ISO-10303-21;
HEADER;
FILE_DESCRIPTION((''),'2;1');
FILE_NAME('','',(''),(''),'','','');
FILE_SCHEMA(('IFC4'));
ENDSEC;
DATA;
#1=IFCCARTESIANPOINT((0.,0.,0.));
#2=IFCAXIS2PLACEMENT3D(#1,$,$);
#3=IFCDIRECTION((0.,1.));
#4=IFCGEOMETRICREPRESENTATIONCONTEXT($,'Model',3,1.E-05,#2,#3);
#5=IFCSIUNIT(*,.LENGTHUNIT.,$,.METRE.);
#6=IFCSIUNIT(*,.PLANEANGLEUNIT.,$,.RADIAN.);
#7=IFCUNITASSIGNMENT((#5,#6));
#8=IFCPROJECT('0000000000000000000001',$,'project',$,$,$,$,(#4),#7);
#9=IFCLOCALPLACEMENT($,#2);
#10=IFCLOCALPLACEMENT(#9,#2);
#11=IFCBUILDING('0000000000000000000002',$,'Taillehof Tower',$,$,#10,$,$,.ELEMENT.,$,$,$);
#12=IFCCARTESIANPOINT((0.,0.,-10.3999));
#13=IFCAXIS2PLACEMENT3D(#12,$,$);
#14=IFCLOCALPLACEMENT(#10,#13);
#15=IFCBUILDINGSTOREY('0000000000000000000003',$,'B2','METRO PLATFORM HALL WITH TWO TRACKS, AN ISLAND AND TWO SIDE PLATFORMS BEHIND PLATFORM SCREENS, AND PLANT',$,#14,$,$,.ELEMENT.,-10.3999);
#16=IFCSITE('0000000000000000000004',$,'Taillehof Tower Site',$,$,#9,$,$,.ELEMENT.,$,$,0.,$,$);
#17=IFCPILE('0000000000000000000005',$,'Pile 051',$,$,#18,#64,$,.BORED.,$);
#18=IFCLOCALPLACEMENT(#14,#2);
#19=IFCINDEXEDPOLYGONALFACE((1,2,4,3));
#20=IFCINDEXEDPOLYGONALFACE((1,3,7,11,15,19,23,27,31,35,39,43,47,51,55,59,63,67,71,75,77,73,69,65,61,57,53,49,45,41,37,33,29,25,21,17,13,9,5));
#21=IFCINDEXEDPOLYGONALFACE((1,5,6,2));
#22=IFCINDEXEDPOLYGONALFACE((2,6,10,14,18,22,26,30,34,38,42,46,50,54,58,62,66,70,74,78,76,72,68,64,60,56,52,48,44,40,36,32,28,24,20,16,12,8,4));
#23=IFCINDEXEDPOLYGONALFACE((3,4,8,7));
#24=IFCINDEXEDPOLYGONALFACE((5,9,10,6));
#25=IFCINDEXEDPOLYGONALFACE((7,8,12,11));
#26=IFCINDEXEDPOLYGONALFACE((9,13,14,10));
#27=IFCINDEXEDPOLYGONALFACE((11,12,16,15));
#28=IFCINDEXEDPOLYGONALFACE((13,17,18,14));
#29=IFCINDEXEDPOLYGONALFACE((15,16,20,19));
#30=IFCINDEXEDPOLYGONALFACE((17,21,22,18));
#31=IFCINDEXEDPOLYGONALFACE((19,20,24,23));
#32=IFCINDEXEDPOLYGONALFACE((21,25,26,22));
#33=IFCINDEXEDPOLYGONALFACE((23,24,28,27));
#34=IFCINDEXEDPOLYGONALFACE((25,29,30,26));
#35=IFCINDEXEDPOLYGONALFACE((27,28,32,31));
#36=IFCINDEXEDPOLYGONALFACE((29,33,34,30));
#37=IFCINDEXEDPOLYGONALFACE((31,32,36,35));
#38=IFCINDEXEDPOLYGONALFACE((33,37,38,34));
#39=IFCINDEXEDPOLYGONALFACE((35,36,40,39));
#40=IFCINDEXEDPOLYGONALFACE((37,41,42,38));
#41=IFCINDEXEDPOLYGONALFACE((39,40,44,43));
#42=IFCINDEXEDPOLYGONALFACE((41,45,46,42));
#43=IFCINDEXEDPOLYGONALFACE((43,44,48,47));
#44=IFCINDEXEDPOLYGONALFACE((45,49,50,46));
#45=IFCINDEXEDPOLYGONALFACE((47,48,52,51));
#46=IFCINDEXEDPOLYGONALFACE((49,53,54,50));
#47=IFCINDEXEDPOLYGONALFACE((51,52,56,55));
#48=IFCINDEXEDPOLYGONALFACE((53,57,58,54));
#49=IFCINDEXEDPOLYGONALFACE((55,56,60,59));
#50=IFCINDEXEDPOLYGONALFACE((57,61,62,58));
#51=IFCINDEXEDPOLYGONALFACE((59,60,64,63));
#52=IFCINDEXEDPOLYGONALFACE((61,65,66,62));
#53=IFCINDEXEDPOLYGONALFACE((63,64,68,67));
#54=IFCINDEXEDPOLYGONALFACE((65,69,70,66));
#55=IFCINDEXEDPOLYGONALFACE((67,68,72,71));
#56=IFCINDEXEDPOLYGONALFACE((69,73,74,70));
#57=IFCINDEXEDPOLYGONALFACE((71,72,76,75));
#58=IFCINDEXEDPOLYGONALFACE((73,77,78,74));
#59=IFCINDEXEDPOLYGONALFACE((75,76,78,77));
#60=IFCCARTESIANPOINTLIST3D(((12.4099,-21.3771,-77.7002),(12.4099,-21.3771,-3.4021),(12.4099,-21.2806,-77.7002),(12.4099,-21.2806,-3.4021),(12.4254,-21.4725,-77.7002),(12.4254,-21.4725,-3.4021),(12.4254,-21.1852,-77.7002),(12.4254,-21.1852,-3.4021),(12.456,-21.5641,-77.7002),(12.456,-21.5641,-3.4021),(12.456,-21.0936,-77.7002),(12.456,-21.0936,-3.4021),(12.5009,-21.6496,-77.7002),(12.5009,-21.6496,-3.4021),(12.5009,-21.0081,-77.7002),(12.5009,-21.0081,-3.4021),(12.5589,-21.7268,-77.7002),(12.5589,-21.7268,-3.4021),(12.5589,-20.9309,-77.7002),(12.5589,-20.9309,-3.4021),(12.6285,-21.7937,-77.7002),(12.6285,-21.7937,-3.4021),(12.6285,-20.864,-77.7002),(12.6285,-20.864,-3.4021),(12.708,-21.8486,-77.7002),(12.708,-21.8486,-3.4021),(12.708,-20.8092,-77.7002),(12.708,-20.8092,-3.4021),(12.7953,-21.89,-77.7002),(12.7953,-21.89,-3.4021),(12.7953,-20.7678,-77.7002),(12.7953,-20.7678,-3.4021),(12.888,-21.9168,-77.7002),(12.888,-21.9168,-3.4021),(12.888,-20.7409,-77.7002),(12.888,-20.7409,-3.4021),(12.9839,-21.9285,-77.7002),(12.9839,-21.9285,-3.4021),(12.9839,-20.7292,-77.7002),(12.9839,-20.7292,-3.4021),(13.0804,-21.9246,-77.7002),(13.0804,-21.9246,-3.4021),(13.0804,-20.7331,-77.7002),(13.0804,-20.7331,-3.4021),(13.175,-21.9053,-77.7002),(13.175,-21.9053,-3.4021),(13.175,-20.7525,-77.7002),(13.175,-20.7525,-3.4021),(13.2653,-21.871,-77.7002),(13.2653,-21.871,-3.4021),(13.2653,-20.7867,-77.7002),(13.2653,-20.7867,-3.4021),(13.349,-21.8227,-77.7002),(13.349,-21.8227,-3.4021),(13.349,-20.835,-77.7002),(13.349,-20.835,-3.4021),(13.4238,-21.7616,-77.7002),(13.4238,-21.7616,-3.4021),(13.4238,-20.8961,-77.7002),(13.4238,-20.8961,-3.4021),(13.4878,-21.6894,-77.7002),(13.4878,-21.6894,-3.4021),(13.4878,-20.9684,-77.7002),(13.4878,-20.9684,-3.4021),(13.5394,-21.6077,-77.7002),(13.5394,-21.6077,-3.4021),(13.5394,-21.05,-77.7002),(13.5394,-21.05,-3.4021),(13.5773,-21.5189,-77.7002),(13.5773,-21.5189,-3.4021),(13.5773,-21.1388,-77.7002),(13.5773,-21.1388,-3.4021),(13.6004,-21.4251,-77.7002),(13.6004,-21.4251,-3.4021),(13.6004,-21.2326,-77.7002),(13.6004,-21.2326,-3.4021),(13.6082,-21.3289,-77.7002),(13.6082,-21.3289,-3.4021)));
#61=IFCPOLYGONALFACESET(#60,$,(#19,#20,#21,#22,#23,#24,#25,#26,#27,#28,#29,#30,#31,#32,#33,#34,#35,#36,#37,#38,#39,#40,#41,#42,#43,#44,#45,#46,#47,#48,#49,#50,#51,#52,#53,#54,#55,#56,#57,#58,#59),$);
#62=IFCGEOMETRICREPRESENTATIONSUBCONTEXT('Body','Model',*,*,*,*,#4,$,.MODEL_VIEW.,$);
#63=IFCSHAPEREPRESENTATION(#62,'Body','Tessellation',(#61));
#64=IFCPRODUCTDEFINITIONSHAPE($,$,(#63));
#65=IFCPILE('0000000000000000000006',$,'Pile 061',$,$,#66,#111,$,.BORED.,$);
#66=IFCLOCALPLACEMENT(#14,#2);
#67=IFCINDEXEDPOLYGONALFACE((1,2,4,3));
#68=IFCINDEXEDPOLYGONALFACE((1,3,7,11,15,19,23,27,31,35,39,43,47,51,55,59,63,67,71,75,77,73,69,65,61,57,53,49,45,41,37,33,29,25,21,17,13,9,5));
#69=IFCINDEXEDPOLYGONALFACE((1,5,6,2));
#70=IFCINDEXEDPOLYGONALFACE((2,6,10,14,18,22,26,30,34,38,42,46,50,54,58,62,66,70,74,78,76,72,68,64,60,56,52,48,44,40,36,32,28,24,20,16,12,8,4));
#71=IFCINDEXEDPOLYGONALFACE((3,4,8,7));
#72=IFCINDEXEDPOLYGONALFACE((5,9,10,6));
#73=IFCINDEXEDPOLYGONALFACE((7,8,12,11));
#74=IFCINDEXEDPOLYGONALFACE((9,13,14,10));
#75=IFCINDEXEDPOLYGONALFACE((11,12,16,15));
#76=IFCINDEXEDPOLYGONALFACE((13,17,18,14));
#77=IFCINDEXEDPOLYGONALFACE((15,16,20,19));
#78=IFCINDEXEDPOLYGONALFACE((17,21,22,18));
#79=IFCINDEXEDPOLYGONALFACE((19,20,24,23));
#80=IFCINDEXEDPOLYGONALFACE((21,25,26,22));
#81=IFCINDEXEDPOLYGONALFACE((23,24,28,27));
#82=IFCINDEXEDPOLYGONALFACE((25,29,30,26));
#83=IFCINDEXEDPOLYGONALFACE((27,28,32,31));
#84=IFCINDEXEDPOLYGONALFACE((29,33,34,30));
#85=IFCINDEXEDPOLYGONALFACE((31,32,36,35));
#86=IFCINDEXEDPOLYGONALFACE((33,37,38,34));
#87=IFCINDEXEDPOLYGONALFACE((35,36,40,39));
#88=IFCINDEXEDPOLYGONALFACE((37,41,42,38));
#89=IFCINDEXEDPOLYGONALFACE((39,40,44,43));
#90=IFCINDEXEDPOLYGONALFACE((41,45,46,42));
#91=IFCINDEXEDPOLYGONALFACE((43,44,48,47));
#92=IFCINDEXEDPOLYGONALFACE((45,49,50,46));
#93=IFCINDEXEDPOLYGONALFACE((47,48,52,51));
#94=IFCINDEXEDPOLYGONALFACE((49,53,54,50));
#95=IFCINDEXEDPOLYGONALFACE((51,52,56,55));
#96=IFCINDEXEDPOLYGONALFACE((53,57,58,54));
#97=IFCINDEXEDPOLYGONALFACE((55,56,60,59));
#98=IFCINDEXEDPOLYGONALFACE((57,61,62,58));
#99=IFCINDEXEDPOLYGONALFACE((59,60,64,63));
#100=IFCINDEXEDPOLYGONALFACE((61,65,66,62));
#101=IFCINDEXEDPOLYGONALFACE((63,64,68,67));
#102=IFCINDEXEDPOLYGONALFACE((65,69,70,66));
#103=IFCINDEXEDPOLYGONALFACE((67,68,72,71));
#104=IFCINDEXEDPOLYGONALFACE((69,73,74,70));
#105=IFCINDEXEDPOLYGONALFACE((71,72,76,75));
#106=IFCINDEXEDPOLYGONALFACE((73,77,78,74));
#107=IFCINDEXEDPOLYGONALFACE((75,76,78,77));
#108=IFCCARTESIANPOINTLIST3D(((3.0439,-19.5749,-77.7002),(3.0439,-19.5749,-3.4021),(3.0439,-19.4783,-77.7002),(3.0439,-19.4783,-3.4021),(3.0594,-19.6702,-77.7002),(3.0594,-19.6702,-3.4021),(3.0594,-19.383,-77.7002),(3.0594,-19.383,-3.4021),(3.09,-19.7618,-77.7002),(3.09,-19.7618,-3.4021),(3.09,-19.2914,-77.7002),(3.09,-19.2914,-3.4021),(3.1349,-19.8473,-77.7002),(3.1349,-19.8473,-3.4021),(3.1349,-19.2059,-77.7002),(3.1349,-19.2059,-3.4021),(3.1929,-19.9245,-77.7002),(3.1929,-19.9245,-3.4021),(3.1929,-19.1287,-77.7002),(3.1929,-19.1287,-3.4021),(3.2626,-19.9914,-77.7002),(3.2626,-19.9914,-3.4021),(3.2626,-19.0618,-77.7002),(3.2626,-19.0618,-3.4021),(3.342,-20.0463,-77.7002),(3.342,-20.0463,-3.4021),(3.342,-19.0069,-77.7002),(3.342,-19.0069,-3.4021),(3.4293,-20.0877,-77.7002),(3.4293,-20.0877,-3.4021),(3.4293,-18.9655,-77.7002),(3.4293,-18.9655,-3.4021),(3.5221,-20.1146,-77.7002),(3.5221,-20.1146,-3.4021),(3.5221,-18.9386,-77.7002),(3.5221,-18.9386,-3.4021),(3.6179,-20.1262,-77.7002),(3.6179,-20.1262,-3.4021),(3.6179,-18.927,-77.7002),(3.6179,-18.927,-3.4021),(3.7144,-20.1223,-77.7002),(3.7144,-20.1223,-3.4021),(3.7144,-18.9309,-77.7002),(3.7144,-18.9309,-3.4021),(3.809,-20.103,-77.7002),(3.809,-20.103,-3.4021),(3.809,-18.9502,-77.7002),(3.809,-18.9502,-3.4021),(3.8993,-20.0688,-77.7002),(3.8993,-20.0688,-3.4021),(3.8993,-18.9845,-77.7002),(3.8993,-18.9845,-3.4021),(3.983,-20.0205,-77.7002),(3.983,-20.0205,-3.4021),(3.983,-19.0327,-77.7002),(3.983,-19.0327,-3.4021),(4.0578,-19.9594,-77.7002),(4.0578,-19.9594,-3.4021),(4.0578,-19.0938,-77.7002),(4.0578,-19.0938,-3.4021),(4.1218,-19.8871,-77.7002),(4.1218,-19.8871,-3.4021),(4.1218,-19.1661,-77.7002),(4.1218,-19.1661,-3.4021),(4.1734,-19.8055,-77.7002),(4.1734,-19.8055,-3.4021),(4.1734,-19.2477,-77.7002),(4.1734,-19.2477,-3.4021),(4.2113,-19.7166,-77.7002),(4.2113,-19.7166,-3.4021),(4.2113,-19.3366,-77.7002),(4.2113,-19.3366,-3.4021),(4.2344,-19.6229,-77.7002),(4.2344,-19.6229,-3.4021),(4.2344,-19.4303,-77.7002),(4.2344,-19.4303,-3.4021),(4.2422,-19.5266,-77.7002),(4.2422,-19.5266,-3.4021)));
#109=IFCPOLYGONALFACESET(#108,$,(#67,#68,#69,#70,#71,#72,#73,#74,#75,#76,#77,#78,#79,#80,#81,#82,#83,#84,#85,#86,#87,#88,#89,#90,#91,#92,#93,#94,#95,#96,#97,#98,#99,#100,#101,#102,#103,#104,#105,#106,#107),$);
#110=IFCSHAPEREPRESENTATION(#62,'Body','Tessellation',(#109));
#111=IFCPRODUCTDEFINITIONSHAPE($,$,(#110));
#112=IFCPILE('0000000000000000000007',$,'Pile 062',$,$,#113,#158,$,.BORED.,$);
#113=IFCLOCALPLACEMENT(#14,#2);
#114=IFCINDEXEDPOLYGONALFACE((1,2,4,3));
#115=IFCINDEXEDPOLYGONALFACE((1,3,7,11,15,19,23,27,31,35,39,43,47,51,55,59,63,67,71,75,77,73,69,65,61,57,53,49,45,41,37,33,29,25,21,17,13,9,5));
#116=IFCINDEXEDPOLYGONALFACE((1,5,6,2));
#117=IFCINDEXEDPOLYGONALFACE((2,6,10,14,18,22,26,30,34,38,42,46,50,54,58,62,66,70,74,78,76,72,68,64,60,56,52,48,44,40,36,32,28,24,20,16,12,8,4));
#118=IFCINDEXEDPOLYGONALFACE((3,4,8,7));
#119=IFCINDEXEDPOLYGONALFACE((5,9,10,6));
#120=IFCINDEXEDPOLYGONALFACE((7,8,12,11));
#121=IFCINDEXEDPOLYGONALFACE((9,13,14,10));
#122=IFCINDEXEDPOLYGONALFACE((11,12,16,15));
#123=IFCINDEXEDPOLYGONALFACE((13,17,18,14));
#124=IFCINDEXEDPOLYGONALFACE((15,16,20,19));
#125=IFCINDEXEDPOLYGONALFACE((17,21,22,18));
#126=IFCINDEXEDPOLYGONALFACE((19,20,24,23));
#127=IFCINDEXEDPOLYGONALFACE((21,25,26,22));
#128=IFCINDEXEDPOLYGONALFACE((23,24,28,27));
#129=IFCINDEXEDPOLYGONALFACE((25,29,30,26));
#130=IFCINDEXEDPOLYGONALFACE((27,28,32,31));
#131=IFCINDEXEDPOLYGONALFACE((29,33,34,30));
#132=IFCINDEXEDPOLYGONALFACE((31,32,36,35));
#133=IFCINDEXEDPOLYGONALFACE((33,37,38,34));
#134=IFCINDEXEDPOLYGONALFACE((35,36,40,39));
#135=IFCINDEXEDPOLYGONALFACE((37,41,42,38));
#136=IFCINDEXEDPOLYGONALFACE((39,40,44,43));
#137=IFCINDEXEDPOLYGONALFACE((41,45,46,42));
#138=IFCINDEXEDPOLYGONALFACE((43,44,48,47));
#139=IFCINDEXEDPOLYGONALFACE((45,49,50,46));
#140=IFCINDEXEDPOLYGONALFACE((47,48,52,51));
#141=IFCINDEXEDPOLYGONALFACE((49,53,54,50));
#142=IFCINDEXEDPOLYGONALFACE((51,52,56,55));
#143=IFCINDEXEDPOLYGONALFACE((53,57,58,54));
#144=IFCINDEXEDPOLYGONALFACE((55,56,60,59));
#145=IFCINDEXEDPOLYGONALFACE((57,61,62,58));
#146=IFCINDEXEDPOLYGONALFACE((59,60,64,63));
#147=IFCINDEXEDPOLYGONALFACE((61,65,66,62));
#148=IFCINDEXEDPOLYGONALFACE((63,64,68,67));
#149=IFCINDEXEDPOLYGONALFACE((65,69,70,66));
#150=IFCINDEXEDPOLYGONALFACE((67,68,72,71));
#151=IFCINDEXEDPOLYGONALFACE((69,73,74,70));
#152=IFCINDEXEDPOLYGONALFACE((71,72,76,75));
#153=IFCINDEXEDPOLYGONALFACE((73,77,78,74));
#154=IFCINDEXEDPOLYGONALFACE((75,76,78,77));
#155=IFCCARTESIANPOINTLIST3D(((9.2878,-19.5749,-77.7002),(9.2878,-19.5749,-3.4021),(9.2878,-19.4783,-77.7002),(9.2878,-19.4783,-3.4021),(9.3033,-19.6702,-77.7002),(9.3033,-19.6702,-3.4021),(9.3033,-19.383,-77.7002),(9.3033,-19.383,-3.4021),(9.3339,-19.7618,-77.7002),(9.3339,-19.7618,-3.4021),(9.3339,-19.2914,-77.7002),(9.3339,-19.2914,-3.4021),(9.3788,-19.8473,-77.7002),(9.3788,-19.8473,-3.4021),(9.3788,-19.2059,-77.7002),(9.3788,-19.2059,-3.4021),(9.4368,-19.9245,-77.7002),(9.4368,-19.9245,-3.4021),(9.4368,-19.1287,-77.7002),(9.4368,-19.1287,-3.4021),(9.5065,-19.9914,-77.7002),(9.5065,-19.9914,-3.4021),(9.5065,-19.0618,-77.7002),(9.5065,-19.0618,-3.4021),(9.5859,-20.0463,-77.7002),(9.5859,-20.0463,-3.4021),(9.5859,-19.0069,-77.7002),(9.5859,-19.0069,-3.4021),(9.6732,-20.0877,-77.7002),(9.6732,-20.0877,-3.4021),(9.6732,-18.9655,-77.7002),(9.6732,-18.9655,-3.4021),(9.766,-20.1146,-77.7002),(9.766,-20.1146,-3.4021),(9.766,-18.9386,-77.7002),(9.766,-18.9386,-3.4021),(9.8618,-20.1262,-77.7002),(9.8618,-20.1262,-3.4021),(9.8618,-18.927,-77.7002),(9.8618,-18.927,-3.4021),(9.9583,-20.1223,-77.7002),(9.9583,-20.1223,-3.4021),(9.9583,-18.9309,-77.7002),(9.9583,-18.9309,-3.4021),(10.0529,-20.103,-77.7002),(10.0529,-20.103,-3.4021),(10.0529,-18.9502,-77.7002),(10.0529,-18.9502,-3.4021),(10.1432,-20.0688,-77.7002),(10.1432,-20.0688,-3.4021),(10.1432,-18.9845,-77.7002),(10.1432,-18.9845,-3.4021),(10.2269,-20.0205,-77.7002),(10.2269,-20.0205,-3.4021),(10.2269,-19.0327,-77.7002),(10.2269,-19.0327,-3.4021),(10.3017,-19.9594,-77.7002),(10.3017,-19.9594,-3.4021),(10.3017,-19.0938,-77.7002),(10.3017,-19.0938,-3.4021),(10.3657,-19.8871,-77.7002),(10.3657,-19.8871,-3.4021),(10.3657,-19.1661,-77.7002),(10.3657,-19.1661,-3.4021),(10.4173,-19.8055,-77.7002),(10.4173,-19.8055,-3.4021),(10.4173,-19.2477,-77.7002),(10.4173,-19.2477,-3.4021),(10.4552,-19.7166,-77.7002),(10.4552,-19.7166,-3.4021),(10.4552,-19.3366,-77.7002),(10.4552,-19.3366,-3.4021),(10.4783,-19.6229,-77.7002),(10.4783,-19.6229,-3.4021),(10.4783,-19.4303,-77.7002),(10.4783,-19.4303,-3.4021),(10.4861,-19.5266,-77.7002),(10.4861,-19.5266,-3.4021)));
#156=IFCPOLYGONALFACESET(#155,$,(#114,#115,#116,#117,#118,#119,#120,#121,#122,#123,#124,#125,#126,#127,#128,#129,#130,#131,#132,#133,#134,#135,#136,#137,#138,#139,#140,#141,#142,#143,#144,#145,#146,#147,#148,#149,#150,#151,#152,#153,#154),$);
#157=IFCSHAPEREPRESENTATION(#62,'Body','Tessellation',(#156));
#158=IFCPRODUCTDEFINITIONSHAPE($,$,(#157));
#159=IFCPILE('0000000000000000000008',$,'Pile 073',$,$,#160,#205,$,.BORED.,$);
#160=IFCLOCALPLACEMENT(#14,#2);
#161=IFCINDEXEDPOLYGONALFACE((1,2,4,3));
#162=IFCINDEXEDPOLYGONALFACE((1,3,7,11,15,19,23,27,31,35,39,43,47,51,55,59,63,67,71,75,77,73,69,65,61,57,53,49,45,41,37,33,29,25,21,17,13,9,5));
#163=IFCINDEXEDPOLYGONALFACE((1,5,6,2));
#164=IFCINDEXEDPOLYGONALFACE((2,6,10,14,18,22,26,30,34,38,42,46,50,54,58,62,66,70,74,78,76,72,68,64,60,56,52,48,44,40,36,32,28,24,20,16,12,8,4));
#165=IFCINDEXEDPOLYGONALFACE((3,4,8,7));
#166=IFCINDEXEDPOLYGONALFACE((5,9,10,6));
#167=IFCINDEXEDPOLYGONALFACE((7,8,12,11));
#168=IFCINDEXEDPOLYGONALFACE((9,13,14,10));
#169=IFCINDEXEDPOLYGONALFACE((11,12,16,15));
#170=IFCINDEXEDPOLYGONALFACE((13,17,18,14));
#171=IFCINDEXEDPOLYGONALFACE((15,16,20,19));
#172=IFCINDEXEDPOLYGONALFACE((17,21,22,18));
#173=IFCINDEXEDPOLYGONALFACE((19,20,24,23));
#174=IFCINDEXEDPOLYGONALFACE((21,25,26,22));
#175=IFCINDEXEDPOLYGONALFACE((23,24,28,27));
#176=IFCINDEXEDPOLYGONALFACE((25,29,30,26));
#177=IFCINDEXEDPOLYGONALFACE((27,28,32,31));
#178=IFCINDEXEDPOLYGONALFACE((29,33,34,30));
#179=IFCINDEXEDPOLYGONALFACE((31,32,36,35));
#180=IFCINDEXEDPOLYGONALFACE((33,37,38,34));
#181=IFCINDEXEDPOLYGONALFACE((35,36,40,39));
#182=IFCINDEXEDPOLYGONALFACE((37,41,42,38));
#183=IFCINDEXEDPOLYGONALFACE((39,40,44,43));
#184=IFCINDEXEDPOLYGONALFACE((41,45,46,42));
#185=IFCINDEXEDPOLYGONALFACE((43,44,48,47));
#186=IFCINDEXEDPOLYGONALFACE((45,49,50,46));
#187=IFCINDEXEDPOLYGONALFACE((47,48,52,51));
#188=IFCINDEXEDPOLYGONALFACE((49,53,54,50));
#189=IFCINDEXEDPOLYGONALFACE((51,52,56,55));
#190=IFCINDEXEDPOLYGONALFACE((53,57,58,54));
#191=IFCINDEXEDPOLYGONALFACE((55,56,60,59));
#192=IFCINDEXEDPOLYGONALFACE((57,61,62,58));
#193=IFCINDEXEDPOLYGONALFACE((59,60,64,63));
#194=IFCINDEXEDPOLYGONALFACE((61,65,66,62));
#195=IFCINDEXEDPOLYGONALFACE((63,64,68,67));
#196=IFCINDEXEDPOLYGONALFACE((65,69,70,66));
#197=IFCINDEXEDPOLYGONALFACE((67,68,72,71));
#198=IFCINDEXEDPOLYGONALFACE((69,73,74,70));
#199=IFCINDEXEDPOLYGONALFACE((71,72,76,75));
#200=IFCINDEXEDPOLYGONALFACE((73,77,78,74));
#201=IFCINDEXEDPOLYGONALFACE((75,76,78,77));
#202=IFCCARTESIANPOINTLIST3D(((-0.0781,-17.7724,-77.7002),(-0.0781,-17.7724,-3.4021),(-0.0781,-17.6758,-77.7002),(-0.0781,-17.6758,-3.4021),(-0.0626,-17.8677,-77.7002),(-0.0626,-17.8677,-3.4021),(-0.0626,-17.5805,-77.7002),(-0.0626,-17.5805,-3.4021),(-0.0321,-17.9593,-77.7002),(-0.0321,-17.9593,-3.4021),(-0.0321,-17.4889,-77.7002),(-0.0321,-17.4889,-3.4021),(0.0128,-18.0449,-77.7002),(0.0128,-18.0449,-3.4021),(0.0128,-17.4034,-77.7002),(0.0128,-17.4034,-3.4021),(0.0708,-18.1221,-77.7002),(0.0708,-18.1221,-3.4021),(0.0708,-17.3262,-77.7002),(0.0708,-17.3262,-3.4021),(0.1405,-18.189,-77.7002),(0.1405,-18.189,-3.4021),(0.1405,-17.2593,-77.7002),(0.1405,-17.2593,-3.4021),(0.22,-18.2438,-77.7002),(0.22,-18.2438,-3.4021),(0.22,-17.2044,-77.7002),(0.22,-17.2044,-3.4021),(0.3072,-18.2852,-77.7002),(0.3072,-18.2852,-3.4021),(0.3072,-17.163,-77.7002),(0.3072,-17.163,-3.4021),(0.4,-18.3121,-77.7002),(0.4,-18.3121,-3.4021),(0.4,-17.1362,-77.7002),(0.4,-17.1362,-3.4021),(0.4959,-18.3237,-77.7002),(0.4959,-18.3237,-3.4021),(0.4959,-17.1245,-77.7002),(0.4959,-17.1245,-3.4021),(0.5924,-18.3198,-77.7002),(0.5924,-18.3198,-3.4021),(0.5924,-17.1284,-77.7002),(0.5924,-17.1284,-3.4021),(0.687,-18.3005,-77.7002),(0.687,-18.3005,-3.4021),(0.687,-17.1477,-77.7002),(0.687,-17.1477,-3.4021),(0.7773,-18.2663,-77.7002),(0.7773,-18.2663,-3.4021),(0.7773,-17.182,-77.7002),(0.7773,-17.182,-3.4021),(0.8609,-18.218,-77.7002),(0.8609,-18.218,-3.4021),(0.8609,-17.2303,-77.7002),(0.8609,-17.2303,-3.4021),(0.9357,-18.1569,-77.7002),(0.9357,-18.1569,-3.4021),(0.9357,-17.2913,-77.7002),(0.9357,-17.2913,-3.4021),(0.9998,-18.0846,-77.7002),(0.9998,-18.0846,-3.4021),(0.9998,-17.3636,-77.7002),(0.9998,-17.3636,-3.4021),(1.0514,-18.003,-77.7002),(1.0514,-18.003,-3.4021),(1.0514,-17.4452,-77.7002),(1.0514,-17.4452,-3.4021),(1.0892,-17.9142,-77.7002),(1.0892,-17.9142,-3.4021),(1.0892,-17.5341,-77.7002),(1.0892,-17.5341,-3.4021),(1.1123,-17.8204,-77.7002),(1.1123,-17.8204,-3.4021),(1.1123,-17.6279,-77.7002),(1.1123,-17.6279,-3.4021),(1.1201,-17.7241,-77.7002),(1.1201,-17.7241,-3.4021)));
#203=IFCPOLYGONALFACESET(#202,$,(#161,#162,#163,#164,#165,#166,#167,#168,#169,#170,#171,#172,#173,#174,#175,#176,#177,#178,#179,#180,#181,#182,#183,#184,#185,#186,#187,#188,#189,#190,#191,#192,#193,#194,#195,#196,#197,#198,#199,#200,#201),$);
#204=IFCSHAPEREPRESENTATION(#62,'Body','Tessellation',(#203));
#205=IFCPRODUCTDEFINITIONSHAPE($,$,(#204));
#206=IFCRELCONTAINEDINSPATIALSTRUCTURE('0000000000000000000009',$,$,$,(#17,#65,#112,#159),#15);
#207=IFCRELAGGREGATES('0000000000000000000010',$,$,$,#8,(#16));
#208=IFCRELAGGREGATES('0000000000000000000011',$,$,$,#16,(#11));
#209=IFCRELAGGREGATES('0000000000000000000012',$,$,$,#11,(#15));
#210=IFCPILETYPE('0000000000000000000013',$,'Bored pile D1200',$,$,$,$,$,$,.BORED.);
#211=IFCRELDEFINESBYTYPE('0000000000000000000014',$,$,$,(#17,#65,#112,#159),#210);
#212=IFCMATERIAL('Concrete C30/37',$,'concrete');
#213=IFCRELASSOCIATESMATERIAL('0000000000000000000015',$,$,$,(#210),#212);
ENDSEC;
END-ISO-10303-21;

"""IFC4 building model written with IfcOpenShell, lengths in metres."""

from ifc_helpers import new_model, si_unit, direction, frame, origin, origin_2d, place, context, subcontext, project, spatial, circle, extrude, material, material_profile, profile_set, type_object, element, save


model = new_model("IFC4")

# Units and contexts
model_context = context("Model", 3, precision=1e-05, world=origin(), true_north=direction((0.0, 1.0)))
body_context = subcontext(model_context, "Body", "Model", "MODEL_VIEW")
ifc_project = project(units=[si_unit("LENGTHUNIT", "METRE"), si_unit("PLANEANGLEUNIT", "RADIAN")], contexts=[model_context])

# Site, building, storey
site_placement = place(None, origin())
site = spatial("IfcSite", under=ifc_project, at=site_placement, Name="Taillehof Tower Site", CompositionType="ELEMENT", RefElevation=0.0)
building_placement = place(site_placement, origin())
building = spatial("IfcBuilding", under=site, at=building_placement, Name="Taillehof Tower", CompositionType="ELEMENT")
storey_placement = place(building_placement, frame((0.0, 0.0, -10.3999)))
storey = spatial("IfcBuildingStorey", under=building, at=storey_placement, Name="B2", Description="METRO PLATFORM HALL WITH TWO TRACKS, AN ISLAND AND TWO SIDE PLATFORMS BEHIND PLATFORM SCREENS, AND PLANT", CompositionType="ELEMENT", Elevation=-10.3999)

# Piles
ifc_material_1 = material(Name="Concrete C30/37", Category="concrete")
ifc_material_profile_1 = material_profile(ifc_material_1, circle(Radius=0.6001, at=origin_2d()), Name="BP D1200")
ifc_profile_set_1 = profile_set([ifc_material_profile_1], Name="Concrete C30/37")
pile_type = type_object("IfcPileType", Name="Bored pile D1200", PredefinedType="BORED", material=ifc_profile_set_1)
for number, where, z_axis, x_axis, name in (
    (1, (13.0081, -21.3289, -3.4021), (0.0, 0.0, -1.0), (1.0, 0.0, 0.0), "Pile 051"),
    (2, (3.6421, -19.5266, -3.4021), (0.0, 0.0, -1.0), (1.0, 0.0, 0.0), "Pile 061"),
    (3, (9.886, -19.5266, -3.4021), (0.0, 0.0, -1.0), (1.0, 0.0, 0.0), "Pile 062"),
    (4, (0.52, -17.7241, -3.4021), (0.0, 0.0, -1.0), (1.0, 0.0, 0.0), "Pile 073"),
):
    element("IfcPile", number, at=place(storey_placement, frame(where, z_axis=z_axis, x_axis=x_axis)), inside=storey, type_object=pile_type, Name=name, PredefinedType="BORED", context=body_context, shape_type="SweptSolid", body=[
        extrude(circle(Radius=0.6001, at=origin_2d()), origin(), (0.0, 0.0, 1.0), 74.2981),
    ])

save(model, "model.ifc")
